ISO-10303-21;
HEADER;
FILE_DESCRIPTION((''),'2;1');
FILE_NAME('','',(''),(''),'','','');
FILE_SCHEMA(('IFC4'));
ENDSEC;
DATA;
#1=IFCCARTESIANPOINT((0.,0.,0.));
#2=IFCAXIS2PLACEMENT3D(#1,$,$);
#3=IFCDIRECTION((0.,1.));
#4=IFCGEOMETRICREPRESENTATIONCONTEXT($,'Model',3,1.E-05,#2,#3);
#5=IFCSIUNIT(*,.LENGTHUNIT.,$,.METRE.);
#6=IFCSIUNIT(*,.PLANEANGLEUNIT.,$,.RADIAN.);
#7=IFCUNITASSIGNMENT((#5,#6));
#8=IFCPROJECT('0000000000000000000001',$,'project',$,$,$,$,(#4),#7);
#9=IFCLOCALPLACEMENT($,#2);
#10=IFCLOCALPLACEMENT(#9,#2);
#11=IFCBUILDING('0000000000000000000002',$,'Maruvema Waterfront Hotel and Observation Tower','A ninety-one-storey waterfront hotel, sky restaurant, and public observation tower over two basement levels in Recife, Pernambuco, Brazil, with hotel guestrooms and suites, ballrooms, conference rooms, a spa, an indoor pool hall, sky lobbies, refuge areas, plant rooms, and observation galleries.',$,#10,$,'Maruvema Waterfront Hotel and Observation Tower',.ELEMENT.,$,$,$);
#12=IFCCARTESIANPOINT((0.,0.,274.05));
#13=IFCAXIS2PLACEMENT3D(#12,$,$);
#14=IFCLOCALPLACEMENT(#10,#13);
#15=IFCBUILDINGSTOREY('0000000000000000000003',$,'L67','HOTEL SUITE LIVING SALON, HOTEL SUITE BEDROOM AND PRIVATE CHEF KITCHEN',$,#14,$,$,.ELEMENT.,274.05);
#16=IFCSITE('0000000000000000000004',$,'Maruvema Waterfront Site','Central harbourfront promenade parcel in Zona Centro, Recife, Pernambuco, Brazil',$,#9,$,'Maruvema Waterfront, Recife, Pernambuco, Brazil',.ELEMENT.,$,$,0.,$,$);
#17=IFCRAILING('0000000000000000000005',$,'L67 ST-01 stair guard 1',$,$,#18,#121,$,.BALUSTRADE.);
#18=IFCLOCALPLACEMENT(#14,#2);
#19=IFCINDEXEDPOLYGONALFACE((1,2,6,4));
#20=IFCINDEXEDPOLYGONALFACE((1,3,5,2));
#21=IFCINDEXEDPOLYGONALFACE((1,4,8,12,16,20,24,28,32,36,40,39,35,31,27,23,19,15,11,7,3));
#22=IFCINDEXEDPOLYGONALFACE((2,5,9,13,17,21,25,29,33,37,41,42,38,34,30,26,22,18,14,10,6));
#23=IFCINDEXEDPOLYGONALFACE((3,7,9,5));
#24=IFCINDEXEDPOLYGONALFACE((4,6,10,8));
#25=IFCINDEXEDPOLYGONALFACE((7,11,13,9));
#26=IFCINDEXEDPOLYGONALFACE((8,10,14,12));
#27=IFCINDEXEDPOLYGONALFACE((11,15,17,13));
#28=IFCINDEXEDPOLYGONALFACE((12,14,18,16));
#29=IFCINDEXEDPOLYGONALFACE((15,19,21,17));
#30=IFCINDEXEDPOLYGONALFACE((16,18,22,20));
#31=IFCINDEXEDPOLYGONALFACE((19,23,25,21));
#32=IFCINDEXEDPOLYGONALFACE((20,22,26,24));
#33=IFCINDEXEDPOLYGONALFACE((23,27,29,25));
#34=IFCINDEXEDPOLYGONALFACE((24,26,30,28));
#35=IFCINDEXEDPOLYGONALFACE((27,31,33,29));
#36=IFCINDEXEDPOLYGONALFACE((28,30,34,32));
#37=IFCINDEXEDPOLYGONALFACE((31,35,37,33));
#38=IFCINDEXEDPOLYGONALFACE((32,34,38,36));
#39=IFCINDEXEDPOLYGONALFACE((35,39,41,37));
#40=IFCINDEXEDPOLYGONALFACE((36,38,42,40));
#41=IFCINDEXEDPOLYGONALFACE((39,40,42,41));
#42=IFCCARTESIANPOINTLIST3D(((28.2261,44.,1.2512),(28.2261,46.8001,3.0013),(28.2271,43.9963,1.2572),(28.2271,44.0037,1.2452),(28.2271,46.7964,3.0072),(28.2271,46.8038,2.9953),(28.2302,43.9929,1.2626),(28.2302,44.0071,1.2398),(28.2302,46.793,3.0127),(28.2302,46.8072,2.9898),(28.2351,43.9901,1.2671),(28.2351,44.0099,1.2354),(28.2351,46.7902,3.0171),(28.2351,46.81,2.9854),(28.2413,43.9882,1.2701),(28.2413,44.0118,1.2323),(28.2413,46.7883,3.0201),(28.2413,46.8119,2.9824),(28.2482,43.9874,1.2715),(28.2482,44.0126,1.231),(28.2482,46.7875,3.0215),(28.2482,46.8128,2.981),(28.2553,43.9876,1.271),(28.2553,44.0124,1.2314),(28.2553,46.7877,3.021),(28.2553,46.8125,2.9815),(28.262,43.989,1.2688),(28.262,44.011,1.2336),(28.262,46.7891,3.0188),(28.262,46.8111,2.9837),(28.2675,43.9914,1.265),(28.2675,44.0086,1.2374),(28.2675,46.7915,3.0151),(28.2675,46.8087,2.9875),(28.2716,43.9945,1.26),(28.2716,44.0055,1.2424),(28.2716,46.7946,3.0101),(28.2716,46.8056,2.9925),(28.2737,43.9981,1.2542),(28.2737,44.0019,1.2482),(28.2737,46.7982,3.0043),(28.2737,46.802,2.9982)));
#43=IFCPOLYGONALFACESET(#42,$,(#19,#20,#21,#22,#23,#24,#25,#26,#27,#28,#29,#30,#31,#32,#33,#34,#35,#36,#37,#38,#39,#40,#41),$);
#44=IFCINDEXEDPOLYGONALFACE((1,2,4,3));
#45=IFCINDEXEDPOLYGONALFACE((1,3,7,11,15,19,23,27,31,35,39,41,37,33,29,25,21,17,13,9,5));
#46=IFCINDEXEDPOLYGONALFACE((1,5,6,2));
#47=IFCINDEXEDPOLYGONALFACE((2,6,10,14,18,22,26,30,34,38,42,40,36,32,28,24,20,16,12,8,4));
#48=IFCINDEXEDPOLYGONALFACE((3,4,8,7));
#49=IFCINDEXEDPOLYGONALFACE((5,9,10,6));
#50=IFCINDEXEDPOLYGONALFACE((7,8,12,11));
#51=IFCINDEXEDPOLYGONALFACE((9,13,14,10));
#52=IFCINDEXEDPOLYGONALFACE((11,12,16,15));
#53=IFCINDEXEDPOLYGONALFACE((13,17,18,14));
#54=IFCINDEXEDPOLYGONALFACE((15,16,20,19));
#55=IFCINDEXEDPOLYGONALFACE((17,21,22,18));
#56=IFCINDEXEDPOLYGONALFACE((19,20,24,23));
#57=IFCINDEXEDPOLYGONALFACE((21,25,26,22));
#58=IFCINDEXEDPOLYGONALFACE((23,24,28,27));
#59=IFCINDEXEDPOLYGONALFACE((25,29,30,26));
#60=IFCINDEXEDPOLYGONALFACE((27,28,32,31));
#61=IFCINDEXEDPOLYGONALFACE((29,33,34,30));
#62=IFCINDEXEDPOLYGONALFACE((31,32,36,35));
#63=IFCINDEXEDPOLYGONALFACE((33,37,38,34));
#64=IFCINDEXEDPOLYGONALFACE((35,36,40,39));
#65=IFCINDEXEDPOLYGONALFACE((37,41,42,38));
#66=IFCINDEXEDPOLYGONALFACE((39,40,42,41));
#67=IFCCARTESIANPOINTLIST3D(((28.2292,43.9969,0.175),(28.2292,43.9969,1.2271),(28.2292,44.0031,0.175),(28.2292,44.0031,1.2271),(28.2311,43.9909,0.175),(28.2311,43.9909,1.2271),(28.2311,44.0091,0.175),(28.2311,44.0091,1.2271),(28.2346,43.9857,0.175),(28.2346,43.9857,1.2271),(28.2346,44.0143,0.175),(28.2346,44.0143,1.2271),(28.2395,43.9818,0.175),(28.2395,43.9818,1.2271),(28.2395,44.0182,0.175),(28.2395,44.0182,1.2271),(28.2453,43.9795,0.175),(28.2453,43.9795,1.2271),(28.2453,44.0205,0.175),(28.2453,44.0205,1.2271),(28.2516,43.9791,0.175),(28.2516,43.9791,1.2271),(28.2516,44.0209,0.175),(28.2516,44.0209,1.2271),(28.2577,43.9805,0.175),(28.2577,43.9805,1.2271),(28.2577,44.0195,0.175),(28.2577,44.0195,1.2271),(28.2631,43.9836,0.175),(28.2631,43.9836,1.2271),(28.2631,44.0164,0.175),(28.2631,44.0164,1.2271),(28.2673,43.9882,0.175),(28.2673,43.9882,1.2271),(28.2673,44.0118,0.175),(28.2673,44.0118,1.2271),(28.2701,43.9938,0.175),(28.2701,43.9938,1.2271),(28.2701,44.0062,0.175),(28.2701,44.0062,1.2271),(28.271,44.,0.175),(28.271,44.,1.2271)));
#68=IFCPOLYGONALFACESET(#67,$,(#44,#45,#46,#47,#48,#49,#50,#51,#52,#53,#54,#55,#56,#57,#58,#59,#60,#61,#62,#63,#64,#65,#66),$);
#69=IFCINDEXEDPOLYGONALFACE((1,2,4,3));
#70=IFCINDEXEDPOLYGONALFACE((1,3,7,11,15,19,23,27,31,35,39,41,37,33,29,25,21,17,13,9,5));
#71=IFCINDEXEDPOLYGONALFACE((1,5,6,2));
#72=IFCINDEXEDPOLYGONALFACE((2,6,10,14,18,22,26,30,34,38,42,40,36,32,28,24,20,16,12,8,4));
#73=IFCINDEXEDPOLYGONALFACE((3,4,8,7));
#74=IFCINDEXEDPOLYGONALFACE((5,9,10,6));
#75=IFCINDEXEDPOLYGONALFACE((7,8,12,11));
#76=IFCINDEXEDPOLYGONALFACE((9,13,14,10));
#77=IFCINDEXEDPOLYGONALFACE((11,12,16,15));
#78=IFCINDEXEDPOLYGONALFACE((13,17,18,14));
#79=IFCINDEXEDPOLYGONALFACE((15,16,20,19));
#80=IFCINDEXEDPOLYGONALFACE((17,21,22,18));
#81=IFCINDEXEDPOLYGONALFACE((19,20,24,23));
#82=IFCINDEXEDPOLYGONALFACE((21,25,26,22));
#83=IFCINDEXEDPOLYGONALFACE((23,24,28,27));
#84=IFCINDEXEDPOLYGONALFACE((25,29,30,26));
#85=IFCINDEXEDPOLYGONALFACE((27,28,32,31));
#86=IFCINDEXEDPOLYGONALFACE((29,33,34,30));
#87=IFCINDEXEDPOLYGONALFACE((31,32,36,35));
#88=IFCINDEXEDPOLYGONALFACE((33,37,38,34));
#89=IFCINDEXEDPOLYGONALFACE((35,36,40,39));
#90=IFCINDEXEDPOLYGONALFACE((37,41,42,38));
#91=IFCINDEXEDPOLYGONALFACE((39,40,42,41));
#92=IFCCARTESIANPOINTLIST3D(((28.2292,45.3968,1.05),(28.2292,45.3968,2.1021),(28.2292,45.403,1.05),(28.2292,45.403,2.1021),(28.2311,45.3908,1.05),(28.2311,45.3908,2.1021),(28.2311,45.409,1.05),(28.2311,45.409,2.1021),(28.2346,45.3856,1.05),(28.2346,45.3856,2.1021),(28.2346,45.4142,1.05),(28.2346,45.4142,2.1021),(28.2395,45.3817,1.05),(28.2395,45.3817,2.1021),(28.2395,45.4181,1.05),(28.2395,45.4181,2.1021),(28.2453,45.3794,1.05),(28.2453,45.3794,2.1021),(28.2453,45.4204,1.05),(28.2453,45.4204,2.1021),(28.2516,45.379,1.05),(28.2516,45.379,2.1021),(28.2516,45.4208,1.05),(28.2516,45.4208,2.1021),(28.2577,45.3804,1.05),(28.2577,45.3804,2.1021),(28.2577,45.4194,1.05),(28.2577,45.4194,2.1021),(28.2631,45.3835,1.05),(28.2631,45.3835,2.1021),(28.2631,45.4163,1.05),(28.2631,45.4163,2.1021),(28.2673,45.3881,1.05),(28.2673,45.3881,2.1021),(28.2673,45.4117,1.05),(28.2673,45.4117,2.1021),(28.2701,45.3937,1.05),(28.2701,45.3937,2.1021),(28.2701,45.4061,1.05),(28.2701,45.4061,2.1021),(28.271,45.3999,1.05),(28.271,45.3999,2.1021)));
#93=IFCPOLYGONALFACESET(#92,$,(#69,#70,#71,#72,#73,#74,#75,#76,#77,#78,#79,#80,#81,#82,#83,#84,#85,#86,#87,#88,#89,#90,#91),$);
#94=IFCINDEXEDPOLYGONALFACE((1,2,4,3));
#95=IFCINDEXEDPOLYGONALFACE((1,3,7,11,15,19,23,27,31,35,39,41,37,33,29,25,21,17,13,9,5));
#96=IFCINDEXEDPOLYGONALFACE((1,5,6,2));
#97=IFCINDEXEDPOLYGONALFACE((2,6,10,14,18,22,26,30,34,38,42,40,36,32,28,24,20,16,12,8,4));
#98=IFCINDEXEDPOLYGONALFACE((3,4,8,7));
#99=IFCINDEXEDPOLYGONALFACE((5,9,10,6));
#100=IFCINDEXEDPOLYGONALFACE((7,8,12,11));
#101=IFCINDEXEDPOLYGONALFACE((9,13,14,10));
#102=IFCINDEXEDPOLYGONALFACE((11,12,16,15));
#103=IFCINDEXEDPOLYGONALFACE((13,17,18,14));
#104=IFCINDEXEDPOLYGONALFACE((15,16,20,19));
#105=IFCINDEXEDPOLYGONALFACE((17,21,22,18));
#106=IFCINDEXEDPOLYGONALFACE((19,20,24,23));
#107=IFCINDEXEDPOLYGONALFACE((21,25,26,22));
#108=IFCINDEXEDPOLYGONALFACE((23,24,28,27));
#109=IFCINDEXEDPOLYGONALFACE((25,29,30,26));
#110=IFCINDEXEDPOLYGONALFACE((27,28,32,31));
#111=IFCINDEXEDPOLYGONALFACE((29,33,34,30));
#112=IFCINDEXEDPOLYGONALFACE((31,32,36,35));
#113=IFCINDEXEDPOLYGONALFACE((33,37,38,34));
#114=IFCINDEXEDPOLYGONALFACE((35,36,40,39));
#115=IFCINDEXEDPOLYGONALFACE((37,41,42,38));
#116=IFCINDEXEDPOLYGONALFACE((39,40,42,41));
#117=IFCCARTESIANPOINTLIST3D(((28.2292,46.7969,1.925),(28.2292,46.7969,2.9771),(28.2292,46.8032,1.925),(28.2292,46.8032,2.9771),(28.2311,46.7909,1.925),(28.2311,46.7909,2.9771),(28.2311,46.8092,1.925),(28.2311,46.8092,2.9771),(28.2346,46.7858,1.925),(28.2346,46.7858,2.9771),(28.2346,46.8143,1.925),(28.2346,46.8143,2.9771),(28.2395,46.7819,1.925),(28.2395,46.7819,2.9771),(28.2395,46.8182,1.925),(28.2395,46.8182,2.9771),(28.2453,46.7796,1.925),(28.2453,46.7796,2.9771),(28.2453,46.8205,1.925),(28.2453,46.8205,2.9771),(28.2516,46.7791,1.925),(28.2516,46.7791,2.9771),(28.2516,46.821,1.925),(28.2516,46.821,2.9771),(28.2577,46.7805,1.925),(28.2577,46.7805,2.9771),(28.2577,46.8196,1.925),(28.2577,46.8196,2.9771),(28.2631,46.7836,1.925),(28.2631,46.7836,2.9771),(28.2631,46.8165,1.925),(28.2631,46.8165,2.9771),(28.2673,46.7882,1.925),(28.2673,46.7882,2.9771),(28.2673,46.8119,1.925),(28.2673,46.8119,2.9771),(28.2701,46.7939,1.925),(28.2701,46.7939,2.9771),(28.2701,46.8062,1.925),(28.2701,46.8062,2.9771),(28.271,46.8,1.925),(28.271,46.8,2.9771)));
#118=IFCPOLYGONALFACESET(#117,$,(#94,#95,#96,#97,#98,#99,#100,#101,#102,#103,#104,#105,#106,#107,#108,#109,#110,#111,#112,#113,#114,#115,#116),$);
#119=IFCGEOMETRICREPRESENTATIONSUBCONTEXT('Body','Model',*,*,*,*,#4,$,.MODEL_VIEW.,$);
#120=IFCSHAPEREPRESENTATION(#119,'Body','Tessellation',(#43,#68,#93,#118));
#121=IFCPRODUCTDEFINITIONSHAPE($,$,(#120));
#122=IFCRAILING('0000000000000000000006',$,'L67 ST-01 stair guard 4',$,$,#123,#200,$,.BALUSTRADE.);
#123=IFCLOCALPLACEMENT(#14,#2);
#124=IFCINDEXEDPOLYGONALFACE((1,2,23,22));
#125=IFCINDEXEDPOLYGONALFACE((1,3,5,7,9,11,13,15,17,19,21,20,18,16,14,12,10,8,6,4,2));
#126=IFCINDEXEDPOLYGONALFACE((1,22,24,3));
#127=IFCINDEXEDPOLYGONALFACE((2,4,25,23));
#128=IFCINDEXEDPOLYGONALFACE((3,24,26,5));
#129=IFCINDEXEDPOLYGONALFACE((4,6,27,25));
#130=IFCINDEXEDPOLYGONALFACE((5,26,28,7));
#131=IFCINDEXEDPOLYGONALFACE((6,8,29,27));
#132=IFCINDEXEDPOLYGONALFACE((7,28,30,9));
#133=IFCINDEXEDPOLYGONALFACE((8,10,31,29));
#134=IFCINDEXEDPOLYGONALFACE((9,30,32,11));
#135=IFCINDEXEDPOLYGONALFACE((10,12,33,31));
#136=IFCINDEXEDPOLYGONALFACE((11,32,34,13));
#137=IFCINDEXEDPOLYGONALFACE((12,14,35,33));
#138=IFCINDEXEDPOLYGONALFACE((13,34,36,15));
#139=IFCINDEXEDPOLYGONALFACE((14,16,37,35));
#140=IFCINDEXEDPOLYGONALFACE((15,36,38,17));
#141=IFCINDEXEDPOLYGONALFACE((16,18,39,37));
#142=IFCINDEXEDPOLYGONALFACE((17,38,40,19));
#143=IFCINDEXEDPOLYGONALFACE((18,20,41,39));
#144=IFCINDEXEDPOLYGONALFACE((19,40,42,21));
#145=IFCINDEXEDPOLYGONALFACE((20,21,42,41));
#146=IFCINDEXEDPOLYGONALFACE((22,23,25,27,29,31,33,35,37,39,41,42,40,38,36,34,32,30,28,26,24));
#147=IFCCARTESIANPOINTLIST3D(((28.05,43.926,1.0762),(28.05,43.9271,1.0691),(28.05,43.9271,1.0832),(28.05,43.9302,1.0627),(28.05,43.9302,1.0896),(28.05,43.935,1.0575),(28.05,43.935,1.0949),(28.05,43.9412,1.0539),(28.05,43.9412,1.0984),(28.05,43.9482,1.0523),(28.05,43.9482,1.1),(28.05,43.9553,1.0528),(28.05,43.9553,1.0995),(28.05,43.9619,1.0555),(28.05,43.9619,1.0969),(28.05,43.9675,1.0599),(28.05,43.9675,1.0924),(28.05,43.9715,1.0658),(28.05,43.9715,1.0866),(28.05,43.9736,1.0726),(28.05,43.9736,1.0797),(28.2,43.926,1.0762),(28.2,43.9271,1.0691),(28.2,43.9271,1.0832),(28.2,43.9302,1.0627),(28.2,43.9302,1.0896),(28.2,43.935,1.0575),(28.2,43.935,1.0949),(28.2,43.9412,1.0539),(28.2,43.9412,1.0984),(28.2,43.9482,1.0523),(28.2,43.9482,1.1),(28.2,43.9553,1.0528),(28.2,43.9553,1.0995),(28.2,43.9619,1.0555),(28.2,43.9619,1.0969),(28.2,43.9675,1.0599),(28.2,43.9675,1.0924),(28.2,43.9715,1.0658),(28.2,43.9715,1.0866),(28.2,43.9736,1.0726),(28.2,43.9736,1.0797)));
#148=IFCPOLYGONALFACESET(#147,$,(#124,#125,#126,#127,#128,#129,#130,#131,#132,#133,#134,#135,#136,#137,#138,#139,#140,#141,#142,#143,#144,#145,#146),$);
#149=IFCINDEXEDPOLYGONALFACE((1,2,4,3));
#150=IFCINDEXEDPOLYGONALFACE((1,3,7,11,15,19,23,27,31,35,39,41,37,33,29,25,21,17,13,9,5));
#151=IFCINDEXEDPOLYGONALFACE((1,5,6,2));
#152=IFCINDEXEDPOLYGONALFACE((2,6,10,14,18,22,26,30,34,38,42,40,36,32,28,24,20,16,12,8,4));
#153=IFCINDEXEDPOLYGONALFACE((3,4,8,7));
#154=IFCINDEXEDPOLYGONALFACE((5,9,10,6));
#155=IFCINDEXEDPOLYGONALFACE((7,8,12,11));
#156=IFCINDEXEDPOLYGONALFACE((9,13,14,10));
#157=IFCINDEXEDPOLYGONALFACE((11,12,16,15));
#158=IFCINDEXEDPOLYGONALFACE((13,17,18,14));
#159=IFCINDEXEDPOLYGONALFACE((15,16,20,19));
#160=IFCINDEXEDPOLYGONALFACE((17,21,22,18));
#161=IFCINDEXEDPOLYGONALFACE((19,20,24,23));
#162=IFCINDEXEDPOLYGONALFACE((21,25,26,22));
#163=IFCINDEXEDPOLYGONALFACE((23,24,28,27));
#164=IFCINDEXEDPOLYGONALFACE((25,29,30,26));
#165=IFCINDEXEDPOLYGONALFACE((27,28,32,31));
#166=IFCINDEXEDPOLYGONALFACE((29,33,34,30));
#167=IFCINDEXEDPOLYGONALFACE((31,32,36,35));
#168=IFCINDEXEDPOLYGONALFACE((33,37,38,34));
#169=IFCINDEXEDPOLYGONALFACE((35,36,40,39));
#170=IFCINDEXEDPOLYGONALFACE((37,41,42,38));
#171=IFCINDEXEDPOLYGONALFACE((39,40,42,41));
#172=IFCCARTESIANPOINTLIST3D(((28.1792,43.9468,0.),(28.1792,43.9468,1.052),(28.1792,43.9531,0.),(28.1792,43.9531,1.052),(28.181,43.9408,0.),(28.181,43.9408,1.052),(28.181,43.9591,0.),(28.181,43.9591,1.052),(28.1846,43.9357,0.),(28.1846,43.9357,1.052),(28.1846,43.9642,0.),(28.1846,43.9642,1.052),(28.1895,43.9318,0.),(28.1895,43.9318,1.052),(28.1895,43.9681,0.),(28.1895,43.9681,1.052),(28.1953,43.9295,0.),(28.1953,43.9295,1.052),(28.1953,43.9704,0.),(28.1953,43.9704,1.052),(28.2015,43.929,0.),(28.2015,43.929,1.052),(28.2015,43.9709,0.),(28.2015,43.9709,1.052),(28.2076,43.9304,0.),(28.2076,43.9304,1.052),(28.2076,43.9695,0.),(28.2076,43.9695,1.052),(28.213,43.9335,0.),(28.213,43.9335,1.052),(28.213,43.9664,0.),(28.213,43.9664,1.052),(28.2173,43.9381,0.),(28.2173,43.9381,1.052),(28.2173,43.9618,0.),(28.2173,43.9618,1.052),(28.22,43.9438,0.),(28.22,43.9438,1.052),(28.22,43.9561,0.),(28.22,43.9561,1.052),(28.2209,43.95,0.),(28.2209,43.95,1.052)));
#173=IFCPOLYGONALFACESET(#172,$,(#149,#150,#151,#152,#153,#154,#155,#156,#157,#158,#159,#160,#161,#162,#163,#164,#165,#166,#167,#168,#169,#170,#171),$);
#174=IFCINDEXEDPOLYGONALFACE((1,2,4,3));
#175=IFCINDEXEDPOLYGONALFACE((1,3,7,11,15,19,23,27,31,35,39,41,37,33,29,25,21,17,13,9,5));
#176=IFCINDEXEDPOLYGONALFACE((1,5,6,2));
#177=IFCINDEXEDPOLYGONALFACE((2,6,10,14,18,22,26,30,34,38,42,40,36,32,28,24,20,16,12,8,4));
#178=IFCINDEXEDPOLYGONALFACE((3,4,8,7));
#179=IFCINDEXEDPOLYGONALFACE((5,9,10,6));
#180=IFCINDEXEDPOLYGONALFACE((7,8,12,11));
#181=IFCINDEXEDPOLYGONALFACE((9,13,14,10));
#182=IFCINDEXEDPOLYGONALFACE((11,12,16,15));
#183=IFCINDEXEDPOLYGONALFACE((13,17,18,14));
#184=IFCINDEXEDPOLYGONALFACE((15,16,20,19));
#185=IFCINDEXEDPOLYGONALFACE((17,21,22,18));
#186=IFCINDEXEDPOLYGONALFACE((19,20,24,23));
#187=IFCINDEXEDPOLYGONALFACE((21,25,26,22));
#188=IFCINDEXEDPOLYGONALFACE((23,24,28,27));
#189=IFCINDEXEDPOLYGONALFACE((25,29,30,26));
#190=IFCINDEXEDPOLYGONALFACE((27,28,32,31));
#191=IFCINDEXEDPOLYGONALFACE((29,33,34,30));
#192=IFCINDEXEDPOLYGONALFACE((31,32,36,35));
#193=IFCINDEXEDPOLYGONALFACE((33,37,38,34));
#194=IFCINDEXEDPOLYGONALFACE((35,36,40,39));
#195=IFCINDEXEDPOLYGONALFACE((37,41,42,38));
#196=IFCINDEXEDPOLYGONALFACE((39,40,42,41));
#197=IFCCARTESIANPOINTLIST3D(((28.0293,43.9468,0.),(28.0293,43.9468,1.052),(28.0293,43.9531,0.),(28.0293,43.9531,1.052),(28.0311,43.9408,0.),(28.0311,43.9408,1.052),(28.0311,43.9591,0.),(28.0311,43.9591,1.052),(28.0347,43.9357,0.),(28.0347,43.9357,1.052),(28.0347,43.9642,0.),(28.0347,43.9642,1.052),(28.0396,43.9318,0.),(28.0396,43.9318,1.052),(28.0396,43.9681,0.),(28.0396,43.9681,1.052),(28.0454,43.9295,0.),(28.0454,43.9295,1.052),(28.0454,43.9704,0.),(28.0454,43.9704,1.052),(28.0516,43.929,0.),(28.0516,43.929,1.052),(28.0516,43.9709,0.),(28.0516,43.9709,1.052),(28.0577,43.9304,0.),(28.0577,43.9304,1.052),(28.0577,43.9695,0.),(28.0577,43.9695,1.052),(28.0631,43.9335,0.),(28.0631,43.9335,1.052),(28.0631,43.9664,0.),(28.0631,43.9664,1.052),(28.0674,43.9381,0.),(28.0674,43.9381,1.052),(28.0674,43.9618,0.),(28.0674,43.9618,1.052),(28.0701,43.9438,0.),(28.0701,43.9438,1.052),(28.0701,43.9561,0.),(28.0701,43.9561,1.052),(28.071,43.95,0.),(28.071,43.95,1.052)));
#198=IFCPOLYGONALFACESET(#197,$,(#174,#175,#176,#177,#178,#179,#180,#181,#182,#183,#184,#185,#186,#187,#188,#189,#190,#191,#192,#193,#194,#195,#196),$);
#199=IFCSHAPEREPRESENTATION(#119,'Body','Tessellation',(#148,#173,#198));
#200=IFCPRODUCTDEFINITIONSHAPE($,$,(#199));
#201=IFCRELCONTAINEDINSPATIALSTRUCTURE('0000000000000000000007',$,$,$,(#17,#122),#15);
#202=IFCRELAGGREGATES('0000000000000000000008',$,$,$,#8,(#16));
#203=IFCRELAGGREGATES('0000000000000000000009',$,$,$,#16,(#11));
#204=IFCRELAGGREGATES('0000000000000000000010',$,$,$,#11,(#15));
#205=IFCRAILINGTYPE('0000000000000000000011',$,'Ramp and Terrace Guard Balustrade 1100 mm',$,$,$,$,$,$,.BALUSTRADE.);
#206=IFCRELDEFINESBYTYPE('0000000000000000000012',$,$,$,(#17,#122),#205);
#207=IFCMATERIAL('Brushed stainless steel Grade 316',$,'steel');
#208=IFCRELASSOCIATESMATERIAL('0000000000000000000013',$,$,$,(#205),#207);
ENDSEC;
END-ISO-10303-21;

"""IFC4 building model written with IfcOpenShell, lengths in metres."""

from ifc_helpers import new_model, si_unit, direction, frame, origin, origin_2d, place, context, subcontext, project, spatial, circle, extrude, material, type_object, element, save


model = new_model("IFC4")

# Units and contexts
model_context = context("Model", 3, precision=1e-05, world=origin(), true_north=direction((0.0, 1.0)))
body_context = subcontext(model_context, "Body", "Model", "MODEL_VIEW")
ifc_project = project(units=[si_unit("LENGTHUNIT", "METRE"), si_unit("PLANEANGLEUNIT", "RADIAN")], contexts=[model_context])

# Site, building, storey
site_placement = place(None, origin())
site = spatial("IfcSite", under=ifc_project, at=site_placement, Name="Maruvema Waterfront Site", Description="Central harbourfront promenade parcel in Zona Centro, Recife, Pernambuco, Brazil", LongName="Maruvema Waterfront, Recife, Pernambuco, Brazil", CompositionType="ELEMENT", RefElevation=0.0)
building_placement = place(site_placement, origin())
building = spatial("IfcBuilding", under=site, at=building_placement, Name="Maruvema Waterfront Hotel and Observation Tower", Description="A ninety-one-storey waterfront hotel, sky restaurant, and public observation tower over two basement levels in Recife, Pernambuco, Brazil, with hotel guestrooms and suites, ballrooms, conference rooms, a spa, an indoor pool hall, sky lobbies, refuge areas, plant rooms, and observation galleries.", LongName="Maruvema Waterfront Hotel and Observation Tower", CompositionType="ELEMENT")
storey_placement = place(building_placement, frame((0.0, 0.0, 274.05)))
storey = spatial("IfcBuildingStorey", under=building, at=storey_placement, Name="L67", Description="HOTEL SUITE LIVING SALON, HOTEL SUITE BEDROOM AND PRIVATE CHEF KITCHEN", CompositionType="ELEMENT", Elevation=274.05)

# Railings
ifc_material_1 = material(Name="Brushed stainless steel Grade 316", Category="steel")
railing_type_1 = type_object("IfcRailingType", Name="Ramp and Terrace Guard Balustrade 1100 mm", PredefinedType="BALUSTRADE", material=ifc_material_1)
railing_1_placement = place(storey_placement, frame((28.25, 44.0, 0.175)))
element("IfcRailing", 1, at=railing_1_placement, inside=storey, type_object=railing_type_1, Name="L67 ST-01 stair guard 1", PredefinedType="BALUSTRADE", context=body_context, shape_type="SweptSolid", body=[
    extrude(circle(Radius=0.0239, at=origin_2d()), frame((0.0, 0.0, 1.0762), z_axis=(0.0, 0.848002, 0.529992), x_axis=(-1.0, 0.0, 0.0)), (0.0, 0.0, 1.0), 3.302),
    extrude(circle(Radius=0.021, at=origin_2d()), origin(), (0.0, 0.0, 1.0), 1.052),
    extrude(circle(Radius=0.021, at=origin_2d()), frame((0.0, 1.3999, 0.875)), (0.0, 0.0, 1.0), 1.052),
    extrude(circle(Radius=0.021, at=origin_2d()), frame((0.0, 2.8, 1.75)), (0.0, 0.0, 1.0), 1.052),
])
railing_2_placement = place(storey_placement, frame((28.2, 43.95, 0.0)))
element("IfcRailing", 2, at=railing_2_placement, inside=storey, type_object=railing_type_1, Name="L67 ST-01 stair guard 4", PredefinedType="BALUSTRADE", context=body_context, shape_type="SweptSolid", body=[
    extrude(circle(Radius=0.0239, at=origin_2d()), frame((0.0, 0.0, 1.0762), z_axis=(-1.0, 0.0, 0.0), x_axis=(0.0, -1.0, 0.0)), (0.0, 0.0, 1.0), 0.1499),
    extrude(circle(Radius=0.021, at=origin_2d()), origin(), (0.0, 0.0, 1.0), 1.052),
    extrude(circle(Radius=0.021, at=origin_2d()), frame((-0.1499, 0.0, 0.0)), (0.0, 0.0, 1.0), 1.052),
])

save(model, "model.ifc")
